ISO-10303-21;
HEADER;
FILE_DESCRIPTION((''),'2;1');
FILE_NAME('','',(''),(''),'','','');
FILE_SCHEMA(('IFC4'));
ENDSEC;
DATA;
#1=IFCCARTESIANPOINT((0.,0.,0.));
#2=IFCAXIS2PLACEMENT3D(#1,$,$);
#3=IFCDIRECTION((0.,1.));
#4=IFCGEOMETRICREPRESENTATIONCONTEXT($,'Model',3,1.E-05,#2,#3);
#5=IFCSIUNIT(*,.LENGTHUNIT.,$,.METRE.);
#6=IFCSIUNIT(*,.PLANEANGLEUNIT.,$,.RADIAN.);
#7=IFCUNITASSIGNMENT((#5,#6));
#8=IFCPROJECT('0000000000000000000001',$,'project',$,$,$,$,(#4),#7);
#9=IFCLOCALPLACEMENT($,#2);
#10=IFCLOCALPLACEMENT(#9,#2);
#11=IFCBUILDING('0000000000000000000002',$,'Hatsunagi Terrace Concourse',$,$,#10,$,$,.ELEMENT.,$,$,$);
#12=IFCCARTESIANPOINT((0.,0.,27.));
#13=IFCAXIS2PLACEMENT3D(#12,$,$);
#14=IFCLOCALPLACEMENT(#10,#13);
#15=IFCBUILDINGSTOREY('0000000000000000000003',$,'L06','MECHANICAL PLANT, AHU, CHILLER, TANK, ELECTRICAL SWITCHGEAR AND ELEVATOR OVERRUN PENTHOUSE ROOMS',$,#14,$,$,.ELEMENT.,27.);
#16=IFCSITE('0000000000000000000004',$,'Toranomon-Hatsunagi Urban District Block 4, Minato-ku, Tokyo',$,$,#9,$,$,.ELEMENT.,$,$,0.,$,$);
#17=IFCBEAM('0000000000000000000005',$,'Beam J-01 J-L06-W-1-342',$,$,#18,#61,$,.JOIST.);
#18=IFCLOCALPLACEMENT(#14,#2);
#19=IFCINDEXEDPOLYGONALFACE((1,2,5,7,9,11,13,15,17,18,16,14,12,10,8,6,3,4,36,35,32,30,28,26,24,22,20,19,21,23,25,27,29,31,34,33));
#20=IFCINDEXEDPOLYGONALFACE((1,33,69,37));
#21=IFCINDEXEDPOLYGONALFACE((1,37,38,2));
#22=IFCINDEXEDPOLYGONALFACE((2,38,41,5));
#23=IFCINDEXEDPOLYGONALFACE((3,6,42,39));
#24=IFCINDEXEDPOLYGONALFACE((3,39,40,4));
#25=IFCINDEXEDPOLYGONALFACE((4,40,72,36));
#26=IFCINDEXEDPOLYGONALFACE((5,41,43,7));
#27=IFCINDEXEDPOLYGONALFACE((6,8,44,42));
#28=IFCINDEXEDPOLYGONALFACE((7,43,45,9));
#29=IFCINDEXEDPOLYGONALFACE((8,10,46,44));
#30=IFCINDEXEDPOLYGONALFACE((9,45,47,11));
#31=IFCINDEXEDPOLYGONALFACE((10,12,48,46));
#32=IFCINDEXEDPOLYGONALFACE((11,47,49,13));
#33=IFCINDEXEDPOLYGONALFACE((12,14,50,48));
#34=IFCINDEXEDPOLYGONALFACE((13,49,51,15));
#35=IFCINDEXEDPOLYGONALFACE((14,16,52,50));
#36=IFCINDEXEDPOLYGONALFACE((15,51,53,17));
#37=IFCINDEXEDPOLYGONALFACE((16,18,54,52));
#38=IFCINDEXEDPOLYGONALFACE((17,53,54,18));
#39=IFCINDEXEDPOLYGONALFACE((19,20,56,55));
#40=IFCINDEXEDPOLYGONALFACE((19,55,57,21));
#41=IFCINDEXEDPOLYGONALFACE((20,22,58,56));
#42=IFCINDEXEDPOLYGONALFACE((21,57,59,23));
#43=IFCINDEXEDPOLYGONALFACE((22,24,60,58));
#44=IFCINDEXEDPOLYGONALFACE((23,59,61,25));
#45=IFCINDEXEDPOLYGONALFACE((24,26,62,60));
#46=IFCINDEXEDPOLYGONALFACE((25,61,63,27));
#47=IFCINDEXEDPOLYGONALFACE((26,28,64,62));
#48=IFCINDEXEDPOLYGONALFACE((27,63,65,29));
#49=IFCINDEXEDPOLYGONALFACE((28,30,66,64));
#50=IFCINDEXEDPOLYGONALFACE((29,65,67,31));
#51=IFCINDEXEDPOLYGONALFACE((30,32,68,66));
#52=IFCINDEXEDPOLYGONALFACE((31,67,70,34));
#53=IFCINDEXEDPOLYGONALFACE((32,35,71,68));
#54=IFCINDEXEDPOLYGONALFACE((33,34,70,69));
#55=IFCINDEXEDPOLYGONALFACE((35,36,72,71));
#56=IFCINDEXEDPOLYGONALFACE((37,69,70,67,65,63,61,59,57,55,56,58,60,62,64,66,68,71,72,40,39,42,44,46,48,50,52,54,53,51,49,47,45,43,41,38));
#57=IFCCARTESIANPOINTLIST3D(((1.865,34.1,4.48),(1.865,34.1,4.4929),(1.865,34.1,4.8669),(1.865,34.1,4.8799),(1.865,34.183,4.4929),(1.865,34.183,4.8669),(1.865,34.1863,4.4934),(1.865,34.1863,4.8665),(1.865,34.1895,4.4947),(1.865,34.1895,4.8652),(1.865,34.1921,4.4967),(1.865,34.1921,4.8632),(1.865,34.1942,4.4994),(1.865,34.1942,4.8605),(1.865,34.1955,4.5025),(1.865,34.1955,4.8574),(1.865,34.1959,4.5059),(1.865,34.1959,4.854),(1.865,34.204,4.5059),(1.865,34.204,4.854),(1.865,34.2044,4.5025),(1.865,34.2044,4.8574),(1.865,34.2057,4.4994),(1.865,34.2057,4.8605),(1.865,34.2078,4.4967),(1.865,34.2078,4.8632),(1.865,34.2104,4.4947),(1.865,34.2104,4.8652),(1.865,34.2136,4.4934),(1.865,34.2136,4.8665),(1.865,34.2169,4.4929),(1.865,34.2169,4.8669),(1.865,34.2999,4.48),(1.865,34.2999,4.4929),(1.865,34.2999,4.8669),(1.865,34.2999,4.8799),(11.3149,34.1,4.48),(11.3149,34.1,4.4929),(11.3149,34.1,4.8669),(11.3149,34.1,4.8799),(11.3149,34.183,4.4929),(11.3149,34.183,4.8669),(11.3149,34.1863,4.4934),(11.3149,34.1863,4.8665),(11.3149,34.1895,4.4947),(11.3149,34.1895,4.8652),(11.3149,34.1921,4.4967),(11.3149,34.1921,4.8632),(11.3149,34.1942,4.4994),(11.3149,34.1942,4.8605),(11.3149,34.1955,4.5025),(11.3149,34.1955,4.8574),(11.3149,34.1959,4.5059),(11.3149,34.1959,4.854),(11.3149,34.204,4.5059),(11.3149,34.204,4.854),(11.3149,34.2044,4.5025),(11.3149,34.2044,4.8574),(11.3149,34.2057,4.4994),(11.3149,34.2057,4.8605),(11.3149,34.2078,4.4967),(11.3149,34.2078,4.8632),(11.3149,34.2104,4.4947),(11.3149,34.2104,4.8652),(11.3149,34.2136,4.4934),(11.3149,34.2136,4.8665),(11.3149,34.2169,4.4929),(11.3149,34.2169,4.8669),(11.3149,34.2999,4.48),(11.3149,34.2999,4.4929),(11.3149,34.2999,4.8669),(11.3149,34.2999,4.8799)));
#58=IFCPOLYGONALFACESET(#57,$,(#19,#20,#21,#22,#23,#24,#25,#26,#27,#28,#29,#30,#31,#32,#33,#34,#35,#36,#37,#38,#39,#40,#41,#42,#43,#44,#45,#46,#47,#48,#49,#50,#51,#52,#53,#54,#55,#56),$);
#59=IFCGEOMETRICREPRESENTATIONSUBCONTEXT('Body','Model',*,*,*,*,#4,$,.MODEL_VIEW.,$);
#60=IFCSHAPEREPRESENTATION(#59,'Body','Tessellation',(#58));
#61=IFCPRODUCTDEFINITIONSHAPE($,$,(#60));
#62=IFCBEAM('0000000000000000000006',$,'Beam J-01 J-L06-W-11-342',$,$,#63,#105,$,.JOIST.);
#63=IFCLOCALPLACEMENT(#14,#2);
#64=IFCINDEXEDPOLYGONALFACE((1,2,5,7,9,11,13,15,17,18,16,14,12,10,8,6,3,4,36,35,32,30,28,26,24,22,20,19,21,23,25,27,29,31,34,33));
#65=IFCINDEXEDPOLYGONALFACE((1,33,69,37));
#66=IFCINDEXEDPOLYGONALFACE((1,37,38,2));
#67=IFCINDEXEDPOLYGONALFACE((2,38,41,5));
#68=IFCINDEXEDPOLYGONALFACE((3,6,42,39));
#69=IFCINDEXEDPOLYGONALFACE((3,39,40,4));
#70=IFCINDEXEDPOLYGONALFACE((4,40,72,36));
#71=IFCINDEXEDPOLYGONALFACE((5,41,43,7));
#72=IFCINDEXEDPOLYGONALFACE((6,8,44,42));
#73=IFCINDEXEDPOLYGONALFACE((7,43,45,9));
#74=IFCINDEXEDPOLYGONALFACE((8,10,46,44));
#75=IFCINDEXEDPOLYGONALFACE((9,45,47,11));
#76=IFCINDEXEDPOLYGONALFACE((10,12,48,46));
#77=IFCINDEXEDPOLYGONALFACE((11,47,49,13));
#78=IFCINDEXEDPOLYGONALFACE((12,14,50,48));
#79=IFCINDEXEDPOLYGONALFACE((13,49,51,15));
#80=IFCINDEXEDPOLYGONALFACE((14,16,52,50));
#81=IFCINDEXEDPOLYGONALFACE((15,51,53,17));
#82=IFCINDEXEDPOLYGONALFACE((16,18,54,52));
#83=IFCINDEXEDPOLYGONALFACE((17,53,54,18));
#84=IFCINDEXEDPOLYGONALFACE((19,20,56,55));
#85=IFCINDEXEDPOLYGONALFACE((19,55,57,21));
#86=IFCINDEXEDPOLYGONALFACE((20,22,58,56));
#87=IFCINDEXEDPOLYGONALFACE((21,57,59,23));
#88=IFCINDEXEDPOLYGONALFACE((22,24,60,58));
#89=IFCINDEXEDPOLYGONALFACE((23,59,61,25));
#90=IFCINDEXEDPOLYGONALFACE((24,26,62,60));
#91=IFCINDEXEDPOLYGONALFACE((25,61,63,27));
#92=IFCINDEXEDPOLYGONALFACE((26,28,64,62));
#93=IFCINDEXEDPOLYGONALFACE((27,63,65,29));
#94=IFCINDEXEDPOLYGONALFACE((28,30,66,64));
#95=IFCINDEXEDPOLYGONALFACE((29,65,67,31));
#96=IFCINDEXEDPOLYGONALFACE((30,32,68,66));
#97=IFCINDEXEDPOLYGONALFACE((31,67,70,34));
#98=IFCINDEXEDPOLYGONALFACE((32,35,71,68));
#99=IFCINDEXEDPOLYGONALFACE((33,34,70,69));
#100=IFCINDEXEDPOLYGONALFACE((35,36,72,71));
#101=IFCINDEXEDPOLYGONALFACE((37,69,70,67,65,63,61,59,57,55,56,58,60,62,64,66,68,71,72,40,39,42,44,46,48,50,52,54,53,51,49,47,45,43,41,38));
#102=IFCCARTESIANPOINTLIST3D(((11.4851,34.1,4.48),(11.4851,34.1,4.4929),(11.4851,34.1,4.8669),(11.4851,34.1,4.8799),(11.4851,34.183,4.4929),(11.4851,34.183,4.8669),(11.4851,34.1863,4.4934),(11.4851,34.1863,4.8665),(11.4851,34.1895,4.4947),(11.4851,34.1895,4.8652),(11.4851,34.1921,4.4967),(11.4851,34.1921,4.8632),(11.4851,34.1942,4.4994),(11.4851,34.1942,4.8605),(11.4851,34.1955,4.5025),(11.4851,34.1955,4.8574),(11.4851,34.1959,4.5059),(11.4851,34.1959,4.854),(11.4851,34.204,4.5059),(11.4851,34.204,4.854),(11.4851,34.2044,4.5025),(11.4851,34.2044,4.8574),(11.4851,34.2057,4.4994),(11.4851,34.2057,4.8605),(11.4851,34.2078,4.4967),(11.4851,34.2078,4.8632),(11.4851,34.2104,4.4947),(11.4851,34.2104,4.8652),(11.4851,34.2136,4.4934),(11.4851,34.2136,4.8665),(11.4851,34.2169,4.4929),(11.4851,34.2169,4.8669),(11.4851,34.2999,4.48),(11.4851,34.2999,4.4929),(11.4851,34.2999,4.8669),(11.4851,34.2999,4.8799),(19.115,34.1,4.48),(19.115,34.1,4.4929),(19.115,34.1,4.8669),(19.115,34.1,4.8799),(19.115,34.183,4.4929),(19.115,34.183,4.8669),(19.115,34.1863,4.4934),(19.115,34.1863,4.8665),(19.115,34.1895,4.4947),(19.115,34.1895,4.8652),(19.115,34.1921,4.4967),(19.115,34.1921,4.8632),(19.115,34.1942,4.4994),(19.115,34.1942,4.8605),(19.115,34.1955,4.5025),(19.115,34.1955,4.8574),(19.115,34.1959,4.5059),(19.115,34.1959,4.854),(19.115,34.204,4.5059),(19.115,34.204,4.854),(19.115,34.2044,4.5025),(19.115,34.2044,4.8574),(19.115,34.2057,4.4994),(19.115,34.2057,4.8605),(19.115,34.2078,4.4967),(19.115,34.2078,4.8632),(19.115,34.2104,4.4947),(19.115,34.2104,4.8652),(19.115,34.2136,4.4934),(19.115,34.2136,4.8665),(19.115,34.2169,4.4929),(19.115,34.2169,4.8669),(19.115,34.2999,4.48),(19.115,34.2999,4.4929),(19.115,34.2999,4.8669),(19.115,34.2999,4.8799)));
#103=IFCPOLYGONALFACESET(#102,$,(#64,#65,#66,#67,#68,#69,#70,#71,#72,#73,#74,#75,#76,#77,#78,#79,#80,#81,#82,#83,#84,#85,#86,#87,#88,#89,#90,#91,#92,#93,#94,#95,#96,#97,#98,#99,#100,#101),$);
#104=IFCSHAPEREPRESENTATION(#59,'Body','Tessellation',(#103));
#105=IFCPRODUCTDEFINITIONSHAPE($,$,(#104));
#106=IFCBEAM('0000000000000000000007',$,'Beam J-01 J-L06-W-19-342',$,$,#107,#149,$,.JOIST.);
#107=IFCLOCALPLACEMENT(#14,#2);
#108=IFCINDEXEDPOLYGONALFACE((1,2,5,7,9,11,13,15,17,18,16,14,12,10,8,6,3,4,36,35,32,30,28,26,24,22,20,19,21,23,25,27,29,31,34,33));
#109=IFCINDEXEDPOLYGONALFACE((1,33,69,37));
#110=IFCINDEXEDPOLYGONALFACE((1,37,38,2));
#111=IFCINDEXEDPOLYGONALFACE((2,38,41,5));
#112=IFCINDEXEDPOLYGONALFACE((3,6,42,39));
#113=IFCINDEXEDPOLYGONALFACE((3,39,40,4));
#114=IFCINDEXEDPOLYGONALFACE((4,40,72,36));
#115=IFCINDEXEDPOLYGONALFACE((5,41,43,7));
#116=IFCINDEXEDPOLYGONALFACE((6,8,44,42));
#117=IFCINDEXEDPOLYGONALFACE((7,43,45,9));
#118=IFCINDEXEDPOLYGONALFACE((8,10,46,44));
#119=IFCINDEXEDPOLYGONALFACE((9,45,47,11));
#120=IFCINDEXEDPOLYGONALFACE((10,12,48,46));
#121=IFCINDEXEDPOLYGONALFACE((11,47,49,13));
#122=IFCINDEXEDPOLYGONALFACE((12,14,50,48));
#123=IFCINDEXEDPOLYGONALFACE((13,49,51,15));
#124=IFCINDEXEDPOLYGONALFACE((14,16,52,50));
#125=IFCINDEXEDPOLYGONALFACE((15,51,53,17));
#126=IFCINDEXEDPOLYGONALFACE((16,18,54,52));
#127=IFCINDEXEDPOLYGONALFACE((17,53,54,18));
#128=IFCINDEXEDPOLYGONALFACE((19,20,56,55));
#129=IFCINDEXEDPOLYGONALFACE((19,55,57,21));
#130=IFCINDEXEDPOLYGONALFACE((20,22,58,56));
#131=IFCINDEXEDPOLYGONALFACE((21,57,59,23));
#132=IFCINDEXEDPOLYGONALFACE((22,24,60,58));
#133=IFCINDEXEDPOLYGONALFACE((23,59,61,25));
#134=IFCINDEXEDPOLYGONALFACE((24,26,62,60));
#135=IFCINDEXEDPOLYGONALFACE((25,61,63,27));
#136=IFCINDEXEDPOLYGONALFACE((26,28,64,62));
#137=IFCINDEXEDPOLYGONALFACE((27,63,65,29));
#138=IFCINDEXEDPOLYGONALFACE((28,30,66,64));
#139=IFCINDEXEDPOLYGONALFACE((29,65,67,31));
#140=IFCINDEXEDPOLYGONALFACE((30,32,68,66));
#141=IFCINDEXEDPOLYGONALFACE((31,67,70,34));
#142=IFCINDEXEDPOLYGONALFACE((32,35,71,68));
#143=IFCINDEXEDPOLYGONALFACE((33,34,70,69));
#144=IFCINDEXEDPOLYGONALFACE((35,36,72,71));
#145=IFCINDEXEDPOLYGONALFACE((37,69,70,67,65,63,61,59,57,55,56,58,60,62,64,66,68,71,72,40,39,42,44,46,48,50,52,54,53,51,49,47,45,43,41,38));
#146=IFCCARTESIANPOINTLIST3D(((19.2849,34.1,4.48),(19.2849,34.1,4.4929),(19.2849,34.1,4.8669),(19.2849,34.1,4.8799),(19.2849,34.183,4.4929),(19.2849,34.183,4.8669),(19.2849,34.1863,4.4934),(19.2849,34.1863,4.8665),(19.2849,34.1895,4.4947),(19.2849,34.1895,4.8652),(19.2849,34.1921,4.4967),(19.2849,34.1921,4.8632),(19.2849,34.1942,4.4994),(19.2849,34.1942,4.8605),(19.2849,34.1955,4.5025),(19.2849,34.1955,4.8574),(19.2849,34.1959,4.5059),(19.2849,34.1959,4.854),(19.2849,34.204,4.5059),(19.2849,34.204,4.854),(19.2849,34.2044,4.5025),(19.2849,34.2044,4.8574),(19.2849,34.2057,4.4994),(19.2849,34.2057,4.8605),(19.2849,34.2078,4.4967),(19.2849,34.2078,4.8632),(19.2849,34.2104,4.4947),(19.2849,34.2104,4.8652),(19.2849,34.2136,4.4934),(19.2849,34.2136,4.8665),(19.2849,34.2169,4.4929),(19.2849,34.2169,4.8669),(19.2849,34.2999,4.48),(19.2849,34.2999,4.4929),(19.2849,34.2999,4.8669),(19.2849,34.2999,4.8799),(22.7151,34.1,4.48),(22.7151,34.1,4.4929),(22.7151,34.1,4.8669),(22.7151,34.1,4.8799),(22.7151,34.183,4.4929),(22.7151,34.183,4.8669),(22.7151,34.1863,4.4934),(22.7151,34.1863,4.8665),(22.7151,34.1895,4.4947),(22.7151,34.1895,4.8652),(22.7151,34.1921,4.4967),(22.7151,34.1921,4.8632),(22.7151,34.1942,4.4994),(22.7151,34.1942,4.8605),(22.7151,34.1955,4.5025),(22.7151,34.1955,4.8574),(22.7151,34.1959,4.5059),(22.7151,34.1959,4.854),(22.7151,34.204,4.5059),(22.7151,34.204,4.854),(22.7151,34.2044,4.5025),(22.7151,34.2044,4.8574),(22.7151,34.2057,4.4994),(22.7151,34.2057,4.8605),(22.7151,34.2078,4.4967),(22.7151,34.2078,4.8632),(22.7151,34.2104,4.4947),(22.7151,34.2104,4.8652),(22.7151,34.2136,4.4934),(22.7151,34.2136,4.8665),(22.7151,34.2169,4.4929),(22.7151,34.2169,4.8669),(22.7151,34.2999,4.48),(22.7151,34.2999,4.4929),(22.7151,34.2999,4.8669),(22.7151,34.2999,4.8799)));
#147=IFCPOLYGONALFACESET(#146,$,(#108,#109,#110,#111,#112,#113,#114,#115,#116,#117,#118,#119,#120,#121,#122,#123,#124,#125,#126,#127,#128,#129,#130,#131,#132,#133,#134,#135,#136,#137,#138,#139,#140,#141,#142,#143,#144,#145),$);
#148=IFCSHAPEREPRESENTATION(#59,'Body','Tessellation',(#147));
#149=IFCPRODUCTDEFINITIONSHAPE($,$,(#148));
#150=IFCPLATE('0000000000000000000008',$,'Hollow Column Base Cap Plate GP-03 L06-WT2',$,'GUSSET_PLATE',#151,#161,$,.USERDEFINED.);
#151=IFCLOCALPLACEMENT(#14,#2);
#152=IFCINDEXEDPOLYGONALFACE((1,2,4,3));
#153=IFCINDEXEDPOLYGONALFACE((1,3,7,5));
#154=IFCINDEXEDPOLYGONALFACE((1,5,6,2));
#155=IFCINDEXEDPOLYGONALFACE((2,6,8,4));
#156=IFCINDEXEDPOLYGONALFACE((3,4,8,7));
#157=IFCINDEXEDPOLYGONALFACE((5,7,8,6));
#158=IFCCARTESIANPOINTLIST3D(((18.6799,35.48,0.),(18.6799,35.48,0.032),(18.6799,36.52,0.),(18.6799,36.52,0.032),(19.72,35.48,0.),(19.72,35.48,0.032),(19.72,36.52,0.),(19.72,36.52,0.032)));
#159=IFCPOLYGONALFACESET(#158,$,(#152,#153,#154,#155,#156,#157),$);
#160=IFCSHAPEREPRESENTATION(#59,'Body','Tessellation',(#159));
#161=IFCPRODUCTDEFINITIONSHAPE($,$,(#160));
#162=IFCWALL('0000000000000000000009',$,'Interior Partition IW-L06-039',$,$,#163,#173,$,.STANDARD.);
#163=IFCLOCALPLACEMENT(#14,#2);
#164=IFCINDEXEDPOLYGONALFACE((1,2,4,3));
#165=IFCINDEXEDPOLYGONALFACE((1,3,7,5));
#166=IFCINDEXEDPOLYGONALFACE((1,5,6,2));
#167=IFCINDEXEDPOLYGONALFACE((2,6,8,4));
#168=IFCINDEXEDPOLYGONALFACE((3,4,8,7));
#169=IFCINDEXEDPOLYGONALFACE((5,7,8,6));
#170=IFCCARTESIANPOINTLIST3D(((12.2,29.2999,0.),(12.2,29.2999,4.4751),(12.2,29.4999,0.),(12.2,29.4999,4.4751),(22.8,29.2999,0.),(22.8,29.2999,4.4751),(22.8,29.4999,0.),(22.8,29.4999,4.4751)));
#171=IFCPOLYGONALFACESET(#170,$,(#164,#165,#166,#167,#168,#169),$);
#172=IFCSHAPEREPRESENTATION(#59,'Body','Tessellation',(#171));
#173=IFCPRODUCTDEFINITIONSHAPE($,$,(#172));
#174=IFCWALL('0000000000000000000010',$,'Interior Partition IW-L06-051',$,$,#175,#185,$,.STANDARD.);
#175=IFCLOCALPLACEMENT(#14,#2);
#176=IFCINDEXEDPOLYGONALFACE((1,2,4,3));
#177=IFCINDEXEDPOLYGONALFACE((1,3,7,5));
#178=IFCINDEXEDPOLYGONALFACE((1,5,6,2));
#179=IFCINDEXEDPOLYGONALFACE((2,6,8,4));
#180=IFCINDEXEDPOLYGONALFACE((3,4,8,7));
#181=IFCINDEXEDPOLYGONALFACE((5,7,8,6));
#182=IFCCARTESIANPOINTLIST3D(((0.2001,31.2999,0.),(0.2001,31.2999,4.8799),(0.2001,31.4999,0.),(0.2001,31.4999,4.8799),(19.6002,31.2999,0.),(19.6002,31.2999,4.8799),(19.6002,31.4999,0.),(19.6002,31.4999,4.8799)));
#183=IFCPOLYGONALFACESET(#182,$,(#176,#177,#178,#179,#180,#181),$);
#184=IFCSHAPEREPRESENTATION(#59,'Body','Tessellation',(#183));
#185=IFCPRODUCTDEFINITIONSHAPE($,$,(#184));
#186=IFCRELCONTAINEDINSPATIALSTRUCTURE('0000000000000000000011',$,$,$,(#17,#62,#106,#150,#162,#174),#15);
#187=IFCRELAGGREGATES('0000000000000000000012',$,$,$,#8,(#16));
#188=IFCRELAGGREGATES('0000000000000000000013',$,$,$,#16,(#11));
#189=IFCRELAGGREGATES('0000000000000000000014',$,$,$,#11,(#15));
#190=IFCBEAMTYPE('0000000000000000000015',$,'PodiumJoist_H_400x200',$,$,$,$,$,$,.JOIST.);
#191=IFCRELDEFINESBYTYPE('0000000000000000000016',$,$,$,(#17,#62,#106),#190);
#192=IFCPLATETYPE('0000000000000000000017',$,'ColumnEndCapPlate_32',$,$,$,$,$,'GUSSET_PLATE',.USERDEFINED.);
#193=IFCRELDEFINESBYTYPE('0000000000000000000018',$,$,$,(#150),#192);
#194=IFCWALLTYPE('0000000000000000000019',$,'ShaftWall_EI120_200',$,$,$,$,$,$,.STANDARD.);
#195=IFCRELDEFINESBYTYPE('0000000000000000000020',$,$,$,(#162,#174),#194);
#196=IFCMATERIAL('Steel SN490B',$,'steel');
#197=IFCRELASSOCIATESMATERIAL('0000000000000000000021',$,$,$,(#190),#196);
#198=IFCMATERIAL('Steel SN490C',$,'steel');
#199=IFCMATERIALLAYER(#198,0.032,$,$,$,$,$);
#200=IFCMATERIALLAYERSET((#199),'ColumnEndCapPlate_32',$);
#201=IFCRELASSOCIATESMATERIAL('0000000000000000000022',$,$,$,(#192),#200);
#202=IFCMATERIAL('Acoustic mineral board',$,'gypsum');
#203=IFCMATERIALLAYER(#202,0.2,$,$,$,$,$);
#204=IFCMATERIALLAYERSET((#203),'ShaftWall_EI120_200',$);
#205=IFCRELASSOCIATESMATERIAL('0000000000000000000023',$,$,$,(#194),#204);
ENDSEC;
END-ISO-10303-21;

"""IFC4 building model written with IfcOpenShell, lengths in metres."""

from ifc_helpers import new_model, si_unit, direction, frame, frame_2d, origin, origin_2d, place, context, subcontext, project, spatial, rectangle, i_section, extrude, material, layer, layer_set, material_profile, profile_set, type_object, element, save


model = new_model("IFC4")

# Units and contexts
model_context = context("Model", 3, precision=1e-05, world=origin(), true_north=direction((0.0, 1.0)))
body_context = subcontext(model_context, "Body", "Model", "MODEL_VIEW")
ifc_project = project(units=[si_unit("LENGTHUNIT", "METRE"), si_unit("PLANEANGLEUNIT", "RADIAN")], contexts=[model_context])

# Site, building, storey
site_placement = place(None, origin())
site = spatial("IfcSite", under=ifc_project, at=site_placement, Name="Toranomon-Hatsunagi Urban District Block 4, Minato-ku, Tokyo", CompositionType="ELEMENT", RefElevation=0.0)
building_placement = place(site_placement, origin())
building = spatial("IfcBuilding", under=site, at=building_placement, Name="Hatsunagi Terrace Concourse", CompositionType="ELEMENT")
storey_placement = place(building_placement, frame((0.0, 0.0, 27.0)))
storey = spatial("IfcBuildingStorey", under=building, at=storey_placement, Name="L06", Description="MECHANICAL PLANT, AHU, CHILLER, TANK, ELECTRICAL SWITCHGEAR AND ELEVATOR OVERRUN PENTHOUSE ROOMS", CompositionType="ELEMENT", Elevation=27.0)

# Beams
ifc_material_1 = material(Name="Steel SN490B", Category="steel")
ifc_material_profile_1 = material_profile(ifc_material_1, i_section(OverallWidth=0.2, OverallDepth=0.3999, WebThickness=0.0081, FlangeThickness=0.0129, FilletRadius=0.0129, at=origin_2d()), Name="H-400x200x8x13")
ifc_profile_set_1 = profile_set([ifc_material_profile_1], Name="Steel SN490B")
beam_type_1 = type_object("IfcBeamType", Name="PodiumJoist_H_400x200", PredefinedType="JOIST", material=ifc_profile_set_1)
beam_1_placement = place(storey_placement, frame((1.865, 34.2, 4.6799), z_axis=(1.0, 0.0, 0.0), x_axis=(0.0, 1.0, 0.0)))
element("IfcBeam", 1, at=beam_1_placement, inside=storey, type_object=beam_type_1, Name="Beam J-01 J-L06-W-1-342", PredefinedType="JOIST", context=body_context, shape_type="SweptSolid", body=[
    extrude(i_section(OverallWidth=0.2, OverallDepth=0.3999, WebThickness=0.0081, FlangeThickness=0.0129, FilletRadius=0.0129, at=origin_2d()), origin(), (0.0, 0.0, 1.0), 9.45),
])
beam_2_placement = place(storey_placement, frame((11.4851, 34.2, 4.6799), z_axis=(1.0, 0.0, 0.0), x_axis=(0.0, 1.0, 0.0)))
element("IfcBeam", 2, at=beam_2_placement, inside=storey, type_object=beam_type_1, Name="Beam J-01 J-L06-W-11-342", PredefinedType="JOIST", context=body_context, shape_type="SweptSolid", body=[
    extrude(i_section(OverallWidth=0.2, OverallDepth=0.3999, WebThickness=0.0081, FlangeThickness=0.0129, FilletRadius=0.0129, at=origin_2d()), origin(), (0.0, 0.0, 1.0), 7.6299),
])
beam_3_placement = place(storey_placement, frame((19.2849, 34.2, 4.6799), z_axis=(1.0, 0.0, 0.0), x_axis=(0.0, 1.0, 0.0)))
element("IfcBeam", 3, at=beam_3_placement, inside=storey, type_object=beam_type_1, Name="Beam J-01 J-L06-W-19-342", PredefinedType="JOIST", context=body_context, shape_type="SweptSolid", body=[
    extrude(i_section(OverallWidth=0.2, OverallDepth=0.3999, WebThickness=0.0081, FlangeThickness=0.0129, FilletRadius=0.0129, at=origin_2d()), origin(), (0.0, 0.0, 1.0), 3.4302),
])

# Plate
ifc_material_2 = material(Name="Steel SN490C", Category="steel")
ifc_layer_1 = layer(ifc_material_2, 0.032)
ifc_layer_set_1 = layer_set([ifc_layer_1], Name="ColumnEndCapPlate_32")
plate_type = type_object("IfcPlateType", Name="ColumnEndCapPlate_32", ElementType="GUSSET_PLATE", PredefinedType="USERDEFINED", material=ifc_layer_set_1)
plate_placement = place(storey_placement, frame((19.2, 36.0, 0.0), z_axis=(0.0, 0.0, 1.0), x_axis=(1.0, 0.0, 0.0)))
element("IfcPlate", 4, at=plate_placement, inside=storey, type_object=plate_type, Name="Hollow Column Base Cap Plate GP-03 L06-WT2", ObjectType="GUSSET_PLATE", PredefinedType="USERDEFINED", context=body_context, shape_type="SweptSolid", body=[
    extrude(rectangle(XDim=1.04, YDim=1.04, at=origin_2d()), origin(), (0.0, 0.0, 1.0), 0.032),
])

# Walls
ifc_material_3 = material(Name="Acoustic mineral board", Category="gypsum")
ifc_layer_2 = layer(ifc_material_3, 0.2)
ifc_layer_set_2 = layer_set([ifc_layer_2], Name="ShaftWall_EI120_200")
wall_type = type_object("IfcWallType", Name="ShaftWall_EI120_200", PredefinedType="STANDARD", material=ifc_layer_set_2)
wall_1_placement = place(storey_placement, frame((12.2, 29.3999, 0.0), z_axis=(0.0, 0.0, 1.0), x_axis=(1.0, 0.0, 0.0)))
element("IfcWall", 5, at=wall_1_placement, inside=storey, type_object=wall_type, Name="Interior Partition IW-L06-039", PredefinedType="STANDARD", context=body_context, shape_type="SweptSolid", body=[
    extrude(rectangle(XDim=10.6001, YDim=0.2, at=frame_2d((5.3, 0.0))), origin(), (0.0, 0.0, 1.0), 4.4751),
])
wall_2_placement = place(storey_placement, frame((0.2, 31.3999, 0.0), z_axis=(0.0, 0.0, 1.0), x_axis=(1.0, 0.0, 0.0)))
element("IfcWall", 6, at=wall_2_placement, inside=storey, type_object=wall_type, Name="Interior Partition IW-L06-051", PredefinedType="STANDARD", context=body_context, shape_type="SweptSolid", body=[
    extrude(rectangle(XDim=19.4001, YDim=0.2, at=frame_2d((9.7002, 0.0))), origin(), (0.0, 0.0, 1.0), 4.8799),
])

save(model, "model.ifc")
